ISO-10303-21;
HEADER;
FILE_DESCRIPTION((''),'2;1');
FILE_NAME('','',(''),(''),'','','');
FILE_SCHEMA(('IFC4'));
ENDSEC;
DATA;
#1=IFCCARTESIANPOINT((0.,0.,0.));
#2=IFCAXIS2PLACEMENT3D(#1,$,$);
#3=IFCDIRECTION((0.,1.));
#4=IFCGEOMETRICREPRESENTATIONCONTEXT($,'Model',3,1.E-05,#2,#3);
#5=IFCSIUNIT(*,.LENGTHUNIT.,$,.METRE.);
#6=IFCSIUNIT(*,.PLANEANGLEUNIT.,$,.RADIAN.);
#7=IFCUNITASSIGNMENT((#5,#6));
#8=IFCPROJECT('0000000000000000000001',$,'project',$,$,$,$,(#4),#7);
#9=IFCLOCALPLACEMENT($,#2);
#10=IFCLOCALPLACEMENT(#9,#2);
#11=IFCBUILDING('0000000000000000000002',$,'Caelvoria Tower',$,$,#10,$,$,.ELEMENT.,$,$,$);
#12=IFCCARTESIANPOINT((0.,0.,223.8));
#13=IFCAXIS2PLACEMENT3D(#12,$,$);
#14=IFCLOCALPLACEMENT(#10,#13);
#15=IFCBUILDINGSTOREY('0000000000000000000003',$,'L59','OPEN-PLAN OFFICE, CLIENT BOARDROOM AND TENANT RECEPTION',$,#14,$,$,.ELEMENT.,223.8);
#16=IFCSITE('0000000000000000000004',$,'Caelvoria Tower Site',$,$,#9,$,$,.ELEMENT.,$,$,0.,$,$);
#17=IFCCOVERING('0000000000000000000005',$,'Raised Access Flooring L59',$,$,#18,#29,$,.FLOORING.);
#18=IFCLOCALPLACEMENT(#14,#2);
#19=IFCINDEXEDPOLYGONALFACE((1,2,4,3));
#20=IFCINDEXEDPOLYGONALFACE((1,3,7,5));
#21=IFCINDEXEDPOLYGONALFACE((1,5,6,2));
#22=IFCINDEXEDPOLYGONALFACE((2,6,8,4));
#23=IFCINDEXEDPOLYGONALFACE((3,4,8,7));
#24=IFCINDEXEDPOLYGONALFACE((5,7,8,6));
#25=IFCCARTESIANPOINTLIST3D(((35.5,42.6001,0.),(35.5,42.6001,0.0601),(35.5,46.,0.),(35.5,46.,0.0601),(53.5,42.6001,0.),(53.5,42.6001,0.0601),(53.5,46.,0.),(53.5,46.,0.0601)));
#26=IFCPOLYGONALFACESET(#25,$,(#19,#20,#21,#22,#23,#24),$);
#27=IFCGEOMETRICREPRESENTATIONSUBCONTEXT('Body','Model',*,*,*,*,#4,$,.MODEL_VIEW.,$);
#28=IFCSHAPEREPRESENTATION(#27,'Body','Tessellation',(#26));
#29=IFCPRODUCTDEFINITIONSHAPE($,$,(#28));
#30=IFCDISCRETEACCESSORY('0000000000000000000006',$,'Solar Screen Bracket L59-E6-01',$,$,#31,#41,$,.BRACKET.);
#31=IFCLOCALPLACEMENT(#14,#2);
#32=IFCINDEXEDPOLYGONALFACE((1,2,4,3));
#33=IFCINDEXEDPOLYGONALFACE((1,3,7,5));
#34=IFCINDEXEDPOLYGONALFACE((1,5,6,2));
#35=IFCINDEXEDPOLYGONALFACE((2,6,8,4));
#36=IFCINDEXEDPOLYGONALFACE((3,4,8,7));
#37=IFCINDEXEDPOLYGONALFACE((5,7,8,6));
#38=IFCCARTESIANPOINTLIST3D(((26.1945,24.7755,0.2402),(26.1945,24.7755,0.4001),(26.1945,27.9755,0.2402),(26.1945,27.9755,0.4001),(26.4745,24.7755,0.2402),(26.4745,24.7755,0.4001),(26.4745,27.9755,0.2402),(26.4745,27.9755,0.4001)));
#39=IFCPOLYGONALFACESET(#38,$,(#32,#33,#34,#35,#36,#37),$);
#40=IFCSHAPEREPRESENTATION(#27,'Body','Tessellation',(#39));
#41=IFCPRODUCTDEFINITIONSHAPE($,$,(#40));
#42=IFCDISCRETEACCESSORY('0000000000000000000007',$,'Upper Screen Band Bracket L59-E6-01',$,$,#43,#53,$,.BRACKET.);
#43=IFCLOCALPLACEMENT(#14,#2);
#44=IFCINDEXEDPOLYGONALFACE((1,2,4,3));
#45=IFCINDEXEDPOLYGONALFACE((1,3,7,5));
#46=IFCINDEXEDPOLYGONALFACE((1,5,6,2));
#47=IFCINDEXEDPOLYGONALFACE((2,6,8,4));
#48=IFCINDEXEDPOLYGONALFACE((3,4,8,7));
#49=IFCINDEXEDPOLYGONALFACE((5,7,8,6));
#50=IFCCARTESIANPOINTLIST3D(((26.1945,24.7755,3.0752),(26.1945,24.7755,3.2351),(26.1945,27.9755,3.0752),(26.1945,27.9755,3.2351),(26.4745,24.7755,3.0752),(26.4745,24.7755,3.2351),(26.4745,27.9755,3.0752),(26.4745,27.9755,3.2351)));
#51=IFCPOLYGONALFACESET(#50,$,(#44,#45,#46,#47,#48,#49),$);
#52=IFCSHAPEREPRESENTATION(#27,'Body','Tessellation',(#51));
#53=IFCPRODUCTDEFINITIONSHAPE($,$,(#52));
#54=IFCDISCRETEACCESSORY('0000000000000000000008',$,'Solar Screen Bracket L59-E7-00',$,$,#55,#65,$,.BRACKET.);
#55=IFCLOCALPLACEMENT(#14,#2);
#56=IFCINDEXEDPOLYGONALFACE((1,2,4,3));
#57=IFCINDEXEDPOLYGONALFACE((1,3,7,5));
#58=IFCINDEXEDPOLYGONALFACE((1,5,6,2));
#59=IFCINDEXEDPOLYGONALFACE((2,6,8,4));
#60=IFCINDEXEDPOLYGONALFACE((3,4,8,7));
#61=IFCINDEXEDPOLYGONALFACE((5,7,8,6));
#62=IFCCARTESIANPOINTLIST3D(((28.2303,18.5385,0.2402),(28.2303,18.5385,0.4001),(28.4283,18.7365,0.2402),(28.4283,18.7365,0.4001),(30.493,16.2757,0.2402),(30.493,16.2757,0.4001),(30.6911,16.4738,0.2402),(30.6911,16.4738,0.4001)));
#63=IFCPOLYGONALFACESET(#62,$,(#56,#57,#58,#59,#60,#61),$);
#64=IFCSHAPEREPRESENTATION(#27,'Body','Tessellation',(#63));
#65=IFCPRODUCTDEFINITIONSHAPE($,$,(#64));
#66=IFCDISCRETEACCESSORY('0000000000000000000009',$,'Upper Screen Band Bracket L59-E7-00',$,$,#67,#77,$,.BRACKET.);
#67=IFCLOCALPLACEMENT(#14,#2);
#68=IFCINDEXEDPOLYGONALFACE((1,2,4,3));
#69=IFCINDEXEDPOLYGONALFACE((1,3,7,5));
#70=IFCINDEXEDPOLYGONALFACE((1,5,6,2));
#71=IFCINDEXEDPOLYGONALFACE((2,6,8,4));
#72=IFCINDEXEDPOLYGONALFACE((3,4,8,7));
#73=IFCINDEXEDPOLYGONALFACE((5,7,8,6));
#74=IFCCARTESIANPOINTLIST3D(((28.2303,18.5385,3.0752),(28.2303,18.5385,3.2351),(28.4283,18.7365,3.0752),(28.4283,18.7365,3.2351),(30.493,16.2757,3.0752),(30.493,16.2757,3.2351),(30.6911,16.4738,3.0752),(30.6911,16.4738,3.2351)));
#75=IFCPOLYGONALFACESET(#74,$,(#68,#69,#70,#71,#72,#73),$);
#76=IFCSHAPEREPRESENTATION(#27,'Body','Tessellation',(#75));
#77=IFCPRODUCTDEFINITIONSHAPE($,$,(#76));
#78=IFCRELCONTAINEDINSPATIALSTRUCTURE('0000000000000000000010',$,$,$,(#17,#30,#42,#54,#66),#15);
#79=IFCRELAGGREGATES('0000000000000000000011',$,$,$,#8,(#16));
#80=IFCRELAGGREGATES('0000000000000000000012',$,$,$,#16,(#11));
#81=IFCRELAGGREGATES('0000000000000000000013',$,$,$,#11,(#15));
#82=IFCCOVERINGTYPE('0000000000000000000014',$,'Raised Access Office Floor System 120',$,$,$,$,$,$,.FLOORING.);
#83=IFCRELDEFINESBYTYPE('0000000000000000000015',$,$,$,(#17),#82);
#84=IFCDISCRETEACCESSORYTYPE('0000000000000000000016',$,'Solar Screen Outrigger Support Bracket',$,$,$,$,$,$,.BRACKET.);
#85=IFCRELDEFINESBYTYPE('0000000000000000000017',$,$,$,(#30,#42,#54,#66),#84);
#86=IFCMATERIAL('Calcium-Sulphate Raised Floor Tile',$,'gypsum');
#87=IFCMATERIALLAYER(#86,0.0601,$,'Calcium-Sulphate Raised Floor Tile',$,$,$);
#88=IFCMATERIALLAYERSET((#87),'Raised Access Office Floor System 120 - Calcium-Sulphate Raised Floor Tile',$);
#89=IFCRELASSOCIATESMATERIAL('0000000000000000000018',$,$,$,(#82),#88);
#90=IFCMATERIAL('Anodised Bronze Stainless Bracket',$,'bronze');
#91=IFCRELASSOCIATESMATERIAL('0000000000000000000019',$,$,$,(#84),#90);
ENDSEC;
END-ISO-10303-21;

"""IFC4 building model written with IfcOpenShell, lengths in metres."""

from ifc_helpers import new_model, si_unit, direction, frame, origin, origin_2d, place, context, subcontext, project, spatial, polyline, rectangle, outline, extrude, material, layer, layer_set, type_object, element, save


model = new_model("IFC4")

# Units and contexts
model_context = context("Model", 3, precision=1e-05, world=origin(), true_north=direction((0.0, 1.0)))
body_context = subcontext(model_context, "Body", "Model", "MODEL_VIEW")
ifc_project = project(units=[si_unit("LENGTHUNIT", "METRE"), si_unit("PLANEANGLEUNIT", "RADIAN")], contexts=[model_context])

# Site, building, storey
site_placement = place(None, origin())
site = spatial("IfcSite", under=ifc_project, at=site_placement, Name="Caelvoria Tower Site", CompositionType="ELEMENT", RefElevation=0.0)
building_placement = place(site_placement, origin())
building = spatial("IfcBuilding", under=site, at=building_placement, Name="Caelvoria Tower", CompositionType="ELEMENT")
storey_placement = place(building_placement, frame((0.0, 0.0, 223.8)))
storey = spatial("IfcBuildingStorey", under=building, at=storey_placement, Name="L59", Description="OPEN-PLAN OFFICE, CLIENT BOARDROOM AND TENANT RECEPTION", CompositionType="ELEMENT", Elevation=223.8)

# Covering
ifc_material_1 = material(Name="Calcium-Sulphate Raised Floor Tile", Category="gypsum")
ifc_layer_1 = layer(ifc_material_1, 0.0601, Name="Calcium-Sulphate Raised Floor Tile")
ifc_layer_set_1 = layer_set([ifc_layer_1], Name="Raised Access Office Floor System 120 - Calcium-Sulphate Raised Floor Tile")
covering_type_1 = type_object("IfcCoveringType", Name="Raised Access Office Floor System 120", PredefinedType="FLOORING", material=ifc_layer_set_1)
covering_1_placement = place(storey_placement, origin())
element("IfcCovering", 1, at=covering_1_placement, inside=storey, type_object=covering_type_1, Name="Raised Access Flooring L59", PredefinedType="FLOORING", context=body_context, shape_type="SweptSolid", body=[
    extrude(outline(polyline([(35.5, 42.6001), (53.5, 42.6001), (53.5, 46.0), (35.5, 46.0), (35.5, 42.6001)])), origin(), (0.0, 0.0, 1.0), 0.0601),
])

# Discrete accessories
ifc_material_2 = material(Name="Anodised Bronze Stainless Bracket", Category="bronze")
discrete_accessory_type = type_object("IfcDiscreteAccessoryType", Name="Solar Screen Outrigger Support Bracket", PredefinedType="BRACKET", material=ifc_material_2)
for number, where, z_axis, x_axis, name in (
    (2, (26.3345, 26.3755, 0.2402), (0.0, 0.0, 1.0), (0.0, -1.0, 0.0), "Solar Screen Bracket L59-E6-01"),
    (3, (26.3345, 26.3755, 3.0752), (0.0, 0.0, 1.0), (0.0, -1.0, 0.0), "Upper Screen Band Bracket L59-E6-01"),
    (4, (29.4607, 17.5061, 0.2402), (0.0, 0.0, 1.0), (0.707107, -0.707107, 0.0), "Solar Screen Bracket L59-E7-00"),
    (5, (29.4607, 17.5061, 3.0752), (0.0, 0.0, 1.0), (0.707107, -0.707107, 0.0), "Upper Screen Band Bracket L59-E7-00"),
):
    element("IfcDiscreteAccessory", number, at=place(storey_placement, frame(where, z_axis=z_axis, x_axis=x_axis)), inside=storey, type_object=discrete_accessory_type, Name=name, PredefinedType="BRACKET", context=body_context, shape_type="SweptSolid", body=[
        extrude(rectangle(XDim=3.2, YDim=0.28, at=origin_2d()), origin(), (0.0, 0.0, 1.0), 0.1599),
    ])

save(model, "model.ifc")
